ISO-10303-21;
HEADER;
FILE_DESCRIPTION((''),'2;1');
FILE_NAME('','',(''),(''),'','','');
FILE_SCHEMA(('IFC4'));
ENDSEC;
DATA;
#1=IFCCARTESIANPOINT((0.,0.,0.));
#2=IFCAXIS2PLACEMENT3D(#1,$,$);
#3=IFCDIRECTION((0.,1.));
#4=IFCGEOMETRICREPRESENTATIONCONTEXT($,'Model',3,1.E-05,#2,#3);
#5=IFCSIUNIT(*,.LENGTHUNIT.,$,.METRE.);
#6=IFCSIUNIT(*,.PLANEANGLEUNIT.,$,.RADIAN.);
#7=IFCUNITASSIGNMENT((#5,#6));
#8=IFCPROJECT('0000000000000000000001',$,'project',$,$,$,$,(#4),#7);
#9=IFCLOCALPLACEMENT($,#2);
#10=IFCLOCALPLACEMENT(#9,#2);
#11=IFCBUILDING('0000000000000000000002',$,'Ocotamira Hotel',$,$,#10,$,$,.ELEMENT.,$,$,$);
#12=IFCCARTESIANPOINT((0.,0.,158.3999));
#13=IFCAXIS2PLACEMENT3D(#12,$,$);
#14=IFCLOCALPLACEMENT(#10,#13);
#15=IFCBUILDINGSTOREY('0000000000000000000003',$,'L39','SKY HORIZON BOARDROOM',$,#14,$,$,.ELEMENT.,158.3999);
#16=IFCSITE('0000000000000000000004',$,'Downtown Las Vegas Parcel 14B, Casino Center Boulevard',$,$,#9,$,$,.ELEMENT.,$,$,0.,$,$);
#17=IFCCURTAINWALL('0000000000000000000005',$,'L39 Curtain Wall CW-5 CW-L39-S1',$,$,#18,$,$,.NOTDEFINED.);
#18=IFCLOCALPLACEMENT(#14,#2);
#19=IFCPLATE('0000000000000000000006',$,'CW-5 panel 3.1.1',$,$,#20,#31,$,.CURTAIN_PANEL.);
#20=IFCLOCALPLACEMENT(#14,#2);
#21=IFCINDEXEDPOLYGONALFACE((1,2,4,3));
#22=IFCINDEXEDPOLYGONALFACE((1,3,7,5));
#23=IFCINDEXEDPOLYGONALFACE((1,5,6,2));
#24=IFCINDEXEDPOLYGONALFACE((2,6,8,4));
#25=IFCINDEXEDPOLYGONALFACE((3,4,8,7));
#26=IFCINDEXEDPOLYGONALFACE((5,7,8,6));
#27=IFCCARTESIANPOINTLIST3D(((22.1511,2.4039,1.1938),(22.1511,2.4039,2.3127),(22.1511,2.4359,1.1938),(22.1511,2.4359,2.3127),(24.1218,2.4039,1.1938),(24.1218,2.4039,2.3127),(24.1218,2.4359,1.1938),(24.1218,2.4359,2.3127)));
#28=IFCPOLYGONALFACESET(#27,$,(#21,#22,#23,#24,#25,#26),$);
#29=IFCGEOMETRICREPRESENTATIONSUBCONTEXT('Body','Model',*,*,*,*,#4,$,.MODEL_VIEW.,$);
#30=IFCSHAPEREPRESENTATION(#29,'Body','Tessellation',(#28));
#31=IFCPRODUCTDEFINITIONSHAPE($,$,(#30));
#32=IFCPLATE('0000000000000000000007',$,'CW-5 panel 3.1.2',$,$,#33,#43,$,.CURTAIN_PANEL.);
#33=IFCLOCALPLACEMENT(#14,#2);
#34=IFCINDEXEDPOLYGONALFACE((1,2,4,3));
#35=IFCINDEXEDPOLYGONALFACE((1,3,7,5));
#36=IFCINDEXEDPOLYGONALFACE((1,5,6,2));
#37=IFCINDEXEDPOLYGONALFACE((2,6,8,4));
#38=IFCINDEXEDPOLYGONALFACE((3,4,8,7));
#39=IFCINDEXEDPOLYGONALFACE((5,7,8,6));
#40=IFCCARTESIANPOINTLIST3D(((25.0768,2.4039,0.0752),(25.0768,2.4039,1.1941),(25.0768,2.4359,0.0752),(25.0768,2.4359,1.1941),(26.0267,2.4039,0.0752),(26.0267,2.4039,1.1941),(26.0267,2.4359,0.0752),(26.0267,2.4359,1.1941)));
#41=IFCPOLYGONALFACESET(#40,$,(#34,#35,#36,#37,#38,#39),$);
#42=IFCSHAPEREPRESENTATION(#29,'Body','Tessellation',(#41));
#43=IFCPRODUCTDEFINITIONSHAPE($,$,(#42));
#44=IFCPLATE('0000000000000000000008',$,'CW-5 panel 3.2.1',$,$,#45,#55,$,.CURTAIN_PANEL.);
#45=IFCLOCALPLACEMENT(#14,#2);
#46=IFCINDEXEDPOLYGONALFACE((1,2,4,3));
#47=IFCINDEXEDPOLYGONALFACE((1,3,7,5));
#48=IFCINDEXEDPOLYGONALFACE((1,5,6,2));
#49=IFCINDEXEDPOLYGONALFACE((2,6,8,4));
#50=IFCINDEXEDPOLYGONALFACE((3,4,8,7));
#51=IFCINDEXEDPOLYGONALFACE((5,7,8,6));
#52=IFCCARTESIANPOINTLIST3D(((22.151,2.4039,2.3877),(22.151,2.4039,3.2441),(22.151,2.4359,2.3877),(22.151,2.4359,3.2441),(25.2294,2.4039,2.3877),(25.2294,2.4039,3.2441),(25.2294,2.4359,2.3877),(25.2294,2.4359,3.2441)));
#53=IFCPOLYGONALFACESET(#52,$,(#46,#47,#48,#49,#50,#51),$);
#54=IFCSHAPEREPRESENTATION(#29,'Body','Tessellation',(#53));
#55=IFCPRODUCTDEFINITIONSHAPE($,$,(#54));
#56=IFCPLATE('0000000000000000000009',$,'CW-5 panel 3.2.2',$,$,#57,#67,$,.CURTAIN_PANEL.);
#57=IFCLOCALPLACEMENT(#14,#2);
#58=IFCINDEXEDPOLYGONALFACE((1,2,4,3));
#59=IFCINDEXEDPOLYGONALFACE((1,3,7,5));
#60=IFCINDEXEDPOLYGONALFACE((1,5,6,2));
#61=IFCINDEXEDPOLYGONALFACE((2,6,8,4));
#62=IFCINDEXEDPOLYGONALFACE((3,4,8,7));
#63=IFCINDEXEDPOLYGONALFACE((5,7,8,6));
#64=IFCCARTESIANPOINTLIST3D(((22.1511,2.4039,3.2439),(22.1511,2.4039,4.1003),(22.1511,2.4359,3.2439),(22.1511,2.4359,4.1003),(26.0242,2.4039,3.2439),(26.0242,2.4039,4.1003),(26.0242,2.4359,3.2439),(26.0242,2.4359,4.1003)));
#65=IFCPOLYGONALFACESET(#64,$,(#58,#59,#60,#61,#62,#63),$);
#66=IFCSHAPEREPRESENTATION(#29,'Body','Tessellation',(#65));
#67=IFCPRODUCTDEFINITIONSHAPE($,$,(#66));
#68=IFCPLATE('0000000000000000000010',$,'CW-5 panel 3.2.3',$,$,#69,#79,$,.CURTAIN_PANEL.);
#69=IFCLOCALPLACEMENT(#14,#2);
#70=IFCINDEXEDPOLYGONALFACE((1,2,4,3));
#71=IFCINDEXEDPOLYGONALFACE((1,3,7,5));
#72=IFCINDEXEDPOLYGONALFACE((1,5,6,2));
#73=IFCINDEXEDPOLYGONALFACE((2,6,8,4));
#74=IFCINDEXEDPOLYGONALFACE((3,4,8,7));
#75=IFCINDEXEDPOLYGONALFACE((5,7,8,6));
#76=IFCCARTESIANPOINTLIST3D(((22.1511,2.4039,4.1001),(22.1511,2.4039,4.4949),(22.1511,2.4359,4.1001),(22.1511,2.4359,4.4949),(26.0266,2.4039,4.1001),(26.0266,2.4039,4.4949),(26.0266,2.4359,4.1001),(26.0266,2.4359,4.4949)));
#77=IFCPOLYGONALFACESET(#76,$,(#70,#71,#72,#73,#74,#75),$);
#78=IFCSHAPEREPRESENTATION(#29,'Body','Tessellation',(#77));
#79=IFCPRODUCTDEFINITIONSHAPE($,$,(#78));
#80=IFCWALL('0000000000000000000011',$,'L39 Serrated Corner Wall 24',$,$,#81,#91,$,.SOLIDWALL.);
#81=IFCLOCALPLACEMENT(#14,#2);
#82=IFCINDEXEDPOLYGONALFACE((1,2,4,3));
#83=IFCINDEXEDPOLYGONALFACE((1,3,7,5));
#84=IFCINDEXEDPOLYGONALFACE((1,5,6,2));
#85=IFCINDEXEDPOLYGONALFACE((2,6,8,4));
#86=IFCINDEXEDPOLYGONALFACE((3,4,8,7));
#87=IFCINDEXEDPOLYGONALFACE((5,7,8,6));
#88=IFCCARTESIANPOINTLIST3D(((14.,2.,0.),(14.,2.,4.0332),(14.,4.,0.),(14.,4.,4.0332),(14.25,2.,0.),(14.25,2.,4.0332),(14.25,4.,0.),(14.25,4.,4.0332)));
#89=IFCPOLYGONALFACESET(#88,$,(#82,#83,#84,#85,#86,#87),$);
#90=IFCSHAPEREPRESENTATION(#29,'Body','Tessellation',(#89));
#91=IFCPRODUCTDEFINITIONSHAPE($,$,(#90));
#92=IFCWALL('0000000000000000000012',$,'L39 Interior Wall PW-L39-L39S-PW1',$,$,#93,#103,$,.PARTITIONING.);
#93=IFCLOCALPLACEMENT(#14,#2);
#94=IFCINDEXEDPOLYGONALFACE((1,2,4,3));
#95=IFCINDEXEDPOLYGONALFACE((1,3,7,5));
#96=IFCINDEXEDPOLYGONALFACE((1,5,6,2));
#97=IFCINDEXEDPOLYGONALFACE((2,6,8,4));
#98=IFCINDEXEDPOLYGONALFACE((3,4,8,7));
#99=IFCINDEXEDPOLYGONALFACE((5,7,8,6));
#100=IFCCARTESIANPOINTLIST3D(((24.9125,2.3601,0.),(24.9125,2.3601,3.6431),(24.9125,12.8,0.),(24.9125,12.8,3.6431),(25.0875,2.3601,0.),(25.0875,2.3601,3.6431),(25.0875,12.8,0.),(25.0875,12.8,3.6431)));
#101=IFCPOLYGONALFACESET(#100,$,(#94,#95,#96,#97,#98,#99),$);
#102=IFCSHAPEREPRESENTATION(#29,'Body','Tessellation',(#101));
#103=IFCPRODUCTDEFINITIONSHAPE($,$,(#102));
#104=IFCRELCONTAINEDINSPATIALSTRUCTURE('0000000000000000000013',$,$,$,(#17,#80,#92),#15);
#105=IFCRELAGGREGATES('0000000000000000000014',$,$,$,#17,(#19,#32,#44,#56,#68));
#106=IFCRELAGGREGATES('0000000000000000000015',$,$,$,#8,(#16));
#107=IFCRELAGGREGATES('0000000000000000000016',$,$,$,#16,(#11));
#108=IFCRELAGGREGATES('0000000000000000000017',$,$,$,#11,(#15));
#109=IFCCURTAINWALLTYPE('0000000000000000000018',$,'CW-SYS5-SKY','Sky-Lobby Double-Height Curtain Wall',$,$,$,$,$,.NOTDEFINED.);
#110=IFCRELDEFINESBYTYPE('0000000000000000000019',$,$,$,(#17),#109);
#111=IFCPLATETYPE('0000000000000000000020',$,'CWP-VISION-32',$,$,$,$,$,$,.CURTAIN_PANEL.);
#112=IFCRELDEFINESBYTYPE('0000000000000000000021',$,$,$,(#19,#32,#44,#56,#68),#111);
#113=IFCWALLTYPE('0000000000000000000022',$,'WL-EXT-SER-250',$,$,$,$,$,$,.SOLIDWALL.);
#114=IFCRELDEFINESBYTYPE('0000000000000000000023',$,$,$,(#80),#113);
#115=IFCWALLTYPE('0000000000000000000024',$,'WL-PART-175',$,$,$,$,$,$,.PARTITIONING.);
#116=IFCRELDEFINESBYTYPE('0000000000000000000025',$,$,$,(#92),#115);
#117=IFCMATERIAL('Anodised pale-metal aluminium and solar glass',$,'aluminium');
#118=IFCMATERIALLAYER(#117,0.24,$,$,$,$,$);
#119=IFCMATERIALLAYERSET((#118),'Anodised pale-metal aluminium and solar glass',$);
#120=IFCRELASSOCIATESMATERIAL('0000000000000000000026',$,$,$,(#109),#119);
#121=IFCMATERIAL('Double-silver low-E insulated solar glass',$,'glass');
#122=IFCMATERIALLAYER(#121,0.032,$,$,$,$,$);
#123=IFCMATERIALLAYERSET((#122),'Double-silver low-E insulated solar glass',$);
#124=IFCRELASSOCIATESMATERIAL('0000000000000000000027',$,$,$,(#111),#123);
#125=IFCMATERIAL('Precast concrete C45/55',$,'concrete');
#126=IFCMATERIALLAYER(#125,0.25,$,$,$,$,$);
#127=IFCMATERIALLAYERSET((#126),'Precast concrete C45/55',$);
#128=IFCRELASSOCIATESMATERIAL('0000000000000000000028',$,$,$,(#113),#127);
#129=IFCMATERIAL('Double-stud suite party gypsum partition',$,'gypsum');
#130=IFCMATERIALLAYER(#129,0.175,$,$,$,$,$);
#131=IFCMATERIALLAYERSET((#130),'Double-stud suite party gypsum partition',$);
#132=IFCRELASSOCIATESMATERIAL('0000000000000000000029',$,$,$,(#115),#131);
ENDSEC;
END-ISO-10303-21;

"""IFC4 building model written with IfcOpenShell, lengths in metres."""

from ifc_helpers import new_model, si_unit, direction, frame, frame_2d, origin, origin_2d, place, context, subcontext, project, spatial, rectangle, extrude, source, transform, mapped, material, layer, layer_set, type_object, element, aggregate, save


model = new_model("IFC4")

# Units and contexts
model_context = context("Model", 3, precision=1e-05, world=origin(), true_north=direction((0.0, 1.0)))
body_context = subcontext(model_context, "Body", "Model", "MODEL_VIEW")
ifc_project = project(units=[si_unit("LENGTHUNIT", "METRE"), si_unit("PLANEANGLEUNIT", "RADIAN")], contexts=[model_context])

# Site, building, storey
site_placement = place(None, origin())
site = spatial("IfcSite", under=ifc_project, at=site_placement, Name="Downtown Las Vegas Parcel 14B, Casino Center Boulevard", CompositionType="ELEMENT", RefElevation=0.0)
building_placement = place(site_placement, origin())
building = spatial("IfcBuilding", under=site, at=building_placement, Name="Ocotamira Hotel", CompositionType="ELEMENT")
storey_placement = place(building_placement, frame((0.0, 0.0, 158.3999)))
storey = spatial("IfcBuildingStorey", under=building, at=storey_placement, Name="L39", Description="SKY HORIZON BOARDROOM", CompositionType="ELEMENT", Elevation=158.3999)

# Curtain wall
ifc_material_1 = material(Name="Anodised pale-metal aluminium and solar glass", Category="aluminium")
ifc_layer_1 = layer(ifc_material_1, 0.24)
ifc_layer_set_1 = layer_set([ifc_layer_1], Name="Anodised pale-metal aluminium and solar glass")
curtain_wall_type = type_object("IfcCurtainWallType", Name="CW-SYS5-SKY", Description="Sky-Lobby Double-Height Curtain Wall", PredefinedType="NOTDEFINED", material=ifc_layer_set_1)
curtain_wall_placement = place(storey_placement, origin())
curtain_wall = element("IfcCurtainWall", 1, at=curtain_wall_placement, inside=storey, type_object=curtain_wall_type, Name="L39 Curtain Wall CW-5 CW-L39-S1", PredefinedType="NOTDEFINED")

# Plates
ifc_material_2 = material(Name="Double-silver low-E insulated solar glass", Category="glass")
ifc_layer_2 = layer(ifc_material_2, 0.032)
ifc_layer_set_2 = layer_set([ifc_layer_2], Name="Double-silver low-E insulated solar glass")
plate_type_1 = type_object("IfcPlateType", Name="CWP-VISION-32", PredefinedType="CURTAIN_PANEL", material=ifc_layer_set_2)
shared_shape_1 = source(origin(), body_context, "Body", "SweptSolid", [
    extrude(rectangle(XDim=1.9707, YDim=0.032, at=origin_2d()), origin(), (0.0, 0.0, 1.0), 1.1189),
])
plate_1_placement = place(storey_placement, frame((23.1365, 2.4199, 1.1938), z_axis=(0.0, 0.0, 1.0), x_axis=(1.0, 0.0, 0.0)))
plate_1 = element("IfcPlate", 2, at=plate_1_placement, type_object=plate_type_1, Name="CW-5 panel 3.1.1", PredefinedType="CURTAIN_PANEL", context=body_context, shape_type="MappedRepresentation", body=[
    mapped(shared_shape_1, transform((0.0, 0.0, 0.0), scale=1.0)),
])
shared_shape_2 = source(origin(), body_context, "Body", "SweptSolid", [
    extrude(rectangle(XDim=0.95, YDim=0.032, at=origin_2d()), origin(), (0.0, 0.0, 1.0), 1.1189),
])
plate_2_placement = place(storey_placement, frame((25.5518, 2.4199, 0.0752), z_axis=(0.0, 0.0, 1.0), x_axis=(1.0, 0.0, 0.0)))
plate_2 = element("IfcPlate", 3, at=plate_2_placement, type_object=plate_type_1, Name="CW-5 panel 3.1.2", PredefinedType="CURTAIN_PANEL", context=body_context, shape_type="MappedRepresentation", body=[
    mapped(shared_shape_2, transform((0.0, 0.0, 0.0), scale=1.0)),
])
shared_shape_3 = source(origin(), body_context, "Body", "SweptSolid", [
    extrude(rectangle(XDim=3.0784, YDim=0.032, at=origin_2d()), origin(), (0.0, 0.0, 1.0), 0.8564),
])
plate_3_placement = place(storey_placement, frame((23.6902, 2.4199, 2.3877), z_axis=(0.0, 0.0, 1.0), x_axis=(1.0, 0.0, 0.0)))
plate_3 = element("IfcPlate", 4, at=plate_3_placement, type_object=plate_type_1, Name="CW-5 panel 3.2.1", PredefinedType="CURTAIN_PANEL", context=body_context, shape_type="MappedRepresentation", body=[
    mapped(shared_shape_3, transform((0.0, 0.0, 0.0), scale=1.0)),
])
shared_shape_4 = source(origin(), body_context, "Body", "SweptSolid", [
    extrude(rectangle(XDim=3.873, YDim=0.032, at=origin_2d()), origin(), (0.0, 0.0, 1.0), 0.8564),
])
plate_4_placement = place(storey_placement, frame((24.0876, 2.4199, 3.2439), z_axis=(0.0, 0.0, 1.0), x_axis=(1.0, 0.0, 0.0)))
plate_4 = element("IfcPlate", 5, at=plate_4_placement, type_object=plate_type_1, Name="CW-5 panel 3.2.2", PredefinedType="CURTAIN_PANEL", context=body_context, shape_type="MappedRepresentation", body=[
    mapped(shared_shape_4, transform((0.0, 0.0, 0.0), scale=1.0)),
])
shared_shape_5 = source(origin(), body_context, "Body", "SweptSolid", [
    extrude(rectangle(XDim=3.8755, YDim=0.032, at=origin_2d()), origin(), (0.0, 0.0, 1.0), 0.3948),
])
plate_5_placement = place(storey_placement, frame((24.0889, 2.4199, 4.1001), z_axis=(0.0, 0.0, 1.0), x_axis=(1.0, 0.0, 0.0)))
plate_5 = element("IfcPlate", 6, at=plate_5_placement, type_object=plate_type_1, Name="CW-5 panel 3.2.3", PredefinedType="CURTAIN_PANEL", context=body_context, shape_type="MappedRepresentation", body=[
    mapped(shared_shape_5, transform((0.0, 0.0, 0.0), scale=1.0)),
])
aggregate(curtain_wall, [plate_1, plate_2, plate_3, plate_4, plate_5])

# Walls
ifc_material_3 = material(Name="Precast concrete C45/55", Category="concrete")
ifc_layer_3 = layer(ifc_material_3, 0.25)
ifc_layer_set_3 = layer_set([ifc_layer_3], Name="Precast concrete C45/55")
wall_type_1 = type_object("IfcWallType", Name="WL-EXT-SER-250", PredefinedType="SOLIDWALL", material=ifc_layer_set_3)
wall_1_placement = place(storey_placement, frame((14.125, 4.0, 0.0), z_axis=(0.0, 0.0, 1.0), x_axis=(0.0, -1.0, 0.0)))
element("IfcWall", 7, at=wall_1_placement, inside=storey, type_object=wall_type_1, Name="L39 Serrated Corner Wall 24", PredefinedType="SOLIDWALL", context=body_context, shape_type="SweptSolid", body=[
    extrude(rectangle(XDim=2.0, YDim=0.25, at=frame_2d((1.0, 0.0))), origin(), (0.0, 0.0, 1.0), 4.0332),
])
ifc_material_4 = material(Name="Double-stud suite party gypsum partition", Category="gypsum")
ifc_layer_4 = layer(ifc_material_4, 0.175)
ifc_layer_set_4 = layer_set([ifc_layer_4], Name="Double-stud suite party gypsum partition")
wall_type_2 = type_object("IfcWallType", Name="WL-PART-175", PredefinedType="PARTITIONING", material=ifc_layer_set_4)
wall_2_placement = place(storey_placement, frame((25.0, 2.3601, 0.0), z_axis=(0.0, 0.0, 1.0), x_axis=(0.0, 1.0, 0.0)))
element("IfcWall", 8, at=wall_2_placement, inside=storey, type_object=wall_type_2, Name="L39 Interior Wall PW-L39-L39S-PW1", PredefinedType="PARTITIONING", context=body_context, shape_type="SweptSolid", body=[
    extrude(rectangle(XDim=10.4399, YDim=0.175, at=frame_2d((5.22, 0.0))), origin(), (0.0, 0.0, 1.0), 3.6431),
])

save(model, "model.ifc")
